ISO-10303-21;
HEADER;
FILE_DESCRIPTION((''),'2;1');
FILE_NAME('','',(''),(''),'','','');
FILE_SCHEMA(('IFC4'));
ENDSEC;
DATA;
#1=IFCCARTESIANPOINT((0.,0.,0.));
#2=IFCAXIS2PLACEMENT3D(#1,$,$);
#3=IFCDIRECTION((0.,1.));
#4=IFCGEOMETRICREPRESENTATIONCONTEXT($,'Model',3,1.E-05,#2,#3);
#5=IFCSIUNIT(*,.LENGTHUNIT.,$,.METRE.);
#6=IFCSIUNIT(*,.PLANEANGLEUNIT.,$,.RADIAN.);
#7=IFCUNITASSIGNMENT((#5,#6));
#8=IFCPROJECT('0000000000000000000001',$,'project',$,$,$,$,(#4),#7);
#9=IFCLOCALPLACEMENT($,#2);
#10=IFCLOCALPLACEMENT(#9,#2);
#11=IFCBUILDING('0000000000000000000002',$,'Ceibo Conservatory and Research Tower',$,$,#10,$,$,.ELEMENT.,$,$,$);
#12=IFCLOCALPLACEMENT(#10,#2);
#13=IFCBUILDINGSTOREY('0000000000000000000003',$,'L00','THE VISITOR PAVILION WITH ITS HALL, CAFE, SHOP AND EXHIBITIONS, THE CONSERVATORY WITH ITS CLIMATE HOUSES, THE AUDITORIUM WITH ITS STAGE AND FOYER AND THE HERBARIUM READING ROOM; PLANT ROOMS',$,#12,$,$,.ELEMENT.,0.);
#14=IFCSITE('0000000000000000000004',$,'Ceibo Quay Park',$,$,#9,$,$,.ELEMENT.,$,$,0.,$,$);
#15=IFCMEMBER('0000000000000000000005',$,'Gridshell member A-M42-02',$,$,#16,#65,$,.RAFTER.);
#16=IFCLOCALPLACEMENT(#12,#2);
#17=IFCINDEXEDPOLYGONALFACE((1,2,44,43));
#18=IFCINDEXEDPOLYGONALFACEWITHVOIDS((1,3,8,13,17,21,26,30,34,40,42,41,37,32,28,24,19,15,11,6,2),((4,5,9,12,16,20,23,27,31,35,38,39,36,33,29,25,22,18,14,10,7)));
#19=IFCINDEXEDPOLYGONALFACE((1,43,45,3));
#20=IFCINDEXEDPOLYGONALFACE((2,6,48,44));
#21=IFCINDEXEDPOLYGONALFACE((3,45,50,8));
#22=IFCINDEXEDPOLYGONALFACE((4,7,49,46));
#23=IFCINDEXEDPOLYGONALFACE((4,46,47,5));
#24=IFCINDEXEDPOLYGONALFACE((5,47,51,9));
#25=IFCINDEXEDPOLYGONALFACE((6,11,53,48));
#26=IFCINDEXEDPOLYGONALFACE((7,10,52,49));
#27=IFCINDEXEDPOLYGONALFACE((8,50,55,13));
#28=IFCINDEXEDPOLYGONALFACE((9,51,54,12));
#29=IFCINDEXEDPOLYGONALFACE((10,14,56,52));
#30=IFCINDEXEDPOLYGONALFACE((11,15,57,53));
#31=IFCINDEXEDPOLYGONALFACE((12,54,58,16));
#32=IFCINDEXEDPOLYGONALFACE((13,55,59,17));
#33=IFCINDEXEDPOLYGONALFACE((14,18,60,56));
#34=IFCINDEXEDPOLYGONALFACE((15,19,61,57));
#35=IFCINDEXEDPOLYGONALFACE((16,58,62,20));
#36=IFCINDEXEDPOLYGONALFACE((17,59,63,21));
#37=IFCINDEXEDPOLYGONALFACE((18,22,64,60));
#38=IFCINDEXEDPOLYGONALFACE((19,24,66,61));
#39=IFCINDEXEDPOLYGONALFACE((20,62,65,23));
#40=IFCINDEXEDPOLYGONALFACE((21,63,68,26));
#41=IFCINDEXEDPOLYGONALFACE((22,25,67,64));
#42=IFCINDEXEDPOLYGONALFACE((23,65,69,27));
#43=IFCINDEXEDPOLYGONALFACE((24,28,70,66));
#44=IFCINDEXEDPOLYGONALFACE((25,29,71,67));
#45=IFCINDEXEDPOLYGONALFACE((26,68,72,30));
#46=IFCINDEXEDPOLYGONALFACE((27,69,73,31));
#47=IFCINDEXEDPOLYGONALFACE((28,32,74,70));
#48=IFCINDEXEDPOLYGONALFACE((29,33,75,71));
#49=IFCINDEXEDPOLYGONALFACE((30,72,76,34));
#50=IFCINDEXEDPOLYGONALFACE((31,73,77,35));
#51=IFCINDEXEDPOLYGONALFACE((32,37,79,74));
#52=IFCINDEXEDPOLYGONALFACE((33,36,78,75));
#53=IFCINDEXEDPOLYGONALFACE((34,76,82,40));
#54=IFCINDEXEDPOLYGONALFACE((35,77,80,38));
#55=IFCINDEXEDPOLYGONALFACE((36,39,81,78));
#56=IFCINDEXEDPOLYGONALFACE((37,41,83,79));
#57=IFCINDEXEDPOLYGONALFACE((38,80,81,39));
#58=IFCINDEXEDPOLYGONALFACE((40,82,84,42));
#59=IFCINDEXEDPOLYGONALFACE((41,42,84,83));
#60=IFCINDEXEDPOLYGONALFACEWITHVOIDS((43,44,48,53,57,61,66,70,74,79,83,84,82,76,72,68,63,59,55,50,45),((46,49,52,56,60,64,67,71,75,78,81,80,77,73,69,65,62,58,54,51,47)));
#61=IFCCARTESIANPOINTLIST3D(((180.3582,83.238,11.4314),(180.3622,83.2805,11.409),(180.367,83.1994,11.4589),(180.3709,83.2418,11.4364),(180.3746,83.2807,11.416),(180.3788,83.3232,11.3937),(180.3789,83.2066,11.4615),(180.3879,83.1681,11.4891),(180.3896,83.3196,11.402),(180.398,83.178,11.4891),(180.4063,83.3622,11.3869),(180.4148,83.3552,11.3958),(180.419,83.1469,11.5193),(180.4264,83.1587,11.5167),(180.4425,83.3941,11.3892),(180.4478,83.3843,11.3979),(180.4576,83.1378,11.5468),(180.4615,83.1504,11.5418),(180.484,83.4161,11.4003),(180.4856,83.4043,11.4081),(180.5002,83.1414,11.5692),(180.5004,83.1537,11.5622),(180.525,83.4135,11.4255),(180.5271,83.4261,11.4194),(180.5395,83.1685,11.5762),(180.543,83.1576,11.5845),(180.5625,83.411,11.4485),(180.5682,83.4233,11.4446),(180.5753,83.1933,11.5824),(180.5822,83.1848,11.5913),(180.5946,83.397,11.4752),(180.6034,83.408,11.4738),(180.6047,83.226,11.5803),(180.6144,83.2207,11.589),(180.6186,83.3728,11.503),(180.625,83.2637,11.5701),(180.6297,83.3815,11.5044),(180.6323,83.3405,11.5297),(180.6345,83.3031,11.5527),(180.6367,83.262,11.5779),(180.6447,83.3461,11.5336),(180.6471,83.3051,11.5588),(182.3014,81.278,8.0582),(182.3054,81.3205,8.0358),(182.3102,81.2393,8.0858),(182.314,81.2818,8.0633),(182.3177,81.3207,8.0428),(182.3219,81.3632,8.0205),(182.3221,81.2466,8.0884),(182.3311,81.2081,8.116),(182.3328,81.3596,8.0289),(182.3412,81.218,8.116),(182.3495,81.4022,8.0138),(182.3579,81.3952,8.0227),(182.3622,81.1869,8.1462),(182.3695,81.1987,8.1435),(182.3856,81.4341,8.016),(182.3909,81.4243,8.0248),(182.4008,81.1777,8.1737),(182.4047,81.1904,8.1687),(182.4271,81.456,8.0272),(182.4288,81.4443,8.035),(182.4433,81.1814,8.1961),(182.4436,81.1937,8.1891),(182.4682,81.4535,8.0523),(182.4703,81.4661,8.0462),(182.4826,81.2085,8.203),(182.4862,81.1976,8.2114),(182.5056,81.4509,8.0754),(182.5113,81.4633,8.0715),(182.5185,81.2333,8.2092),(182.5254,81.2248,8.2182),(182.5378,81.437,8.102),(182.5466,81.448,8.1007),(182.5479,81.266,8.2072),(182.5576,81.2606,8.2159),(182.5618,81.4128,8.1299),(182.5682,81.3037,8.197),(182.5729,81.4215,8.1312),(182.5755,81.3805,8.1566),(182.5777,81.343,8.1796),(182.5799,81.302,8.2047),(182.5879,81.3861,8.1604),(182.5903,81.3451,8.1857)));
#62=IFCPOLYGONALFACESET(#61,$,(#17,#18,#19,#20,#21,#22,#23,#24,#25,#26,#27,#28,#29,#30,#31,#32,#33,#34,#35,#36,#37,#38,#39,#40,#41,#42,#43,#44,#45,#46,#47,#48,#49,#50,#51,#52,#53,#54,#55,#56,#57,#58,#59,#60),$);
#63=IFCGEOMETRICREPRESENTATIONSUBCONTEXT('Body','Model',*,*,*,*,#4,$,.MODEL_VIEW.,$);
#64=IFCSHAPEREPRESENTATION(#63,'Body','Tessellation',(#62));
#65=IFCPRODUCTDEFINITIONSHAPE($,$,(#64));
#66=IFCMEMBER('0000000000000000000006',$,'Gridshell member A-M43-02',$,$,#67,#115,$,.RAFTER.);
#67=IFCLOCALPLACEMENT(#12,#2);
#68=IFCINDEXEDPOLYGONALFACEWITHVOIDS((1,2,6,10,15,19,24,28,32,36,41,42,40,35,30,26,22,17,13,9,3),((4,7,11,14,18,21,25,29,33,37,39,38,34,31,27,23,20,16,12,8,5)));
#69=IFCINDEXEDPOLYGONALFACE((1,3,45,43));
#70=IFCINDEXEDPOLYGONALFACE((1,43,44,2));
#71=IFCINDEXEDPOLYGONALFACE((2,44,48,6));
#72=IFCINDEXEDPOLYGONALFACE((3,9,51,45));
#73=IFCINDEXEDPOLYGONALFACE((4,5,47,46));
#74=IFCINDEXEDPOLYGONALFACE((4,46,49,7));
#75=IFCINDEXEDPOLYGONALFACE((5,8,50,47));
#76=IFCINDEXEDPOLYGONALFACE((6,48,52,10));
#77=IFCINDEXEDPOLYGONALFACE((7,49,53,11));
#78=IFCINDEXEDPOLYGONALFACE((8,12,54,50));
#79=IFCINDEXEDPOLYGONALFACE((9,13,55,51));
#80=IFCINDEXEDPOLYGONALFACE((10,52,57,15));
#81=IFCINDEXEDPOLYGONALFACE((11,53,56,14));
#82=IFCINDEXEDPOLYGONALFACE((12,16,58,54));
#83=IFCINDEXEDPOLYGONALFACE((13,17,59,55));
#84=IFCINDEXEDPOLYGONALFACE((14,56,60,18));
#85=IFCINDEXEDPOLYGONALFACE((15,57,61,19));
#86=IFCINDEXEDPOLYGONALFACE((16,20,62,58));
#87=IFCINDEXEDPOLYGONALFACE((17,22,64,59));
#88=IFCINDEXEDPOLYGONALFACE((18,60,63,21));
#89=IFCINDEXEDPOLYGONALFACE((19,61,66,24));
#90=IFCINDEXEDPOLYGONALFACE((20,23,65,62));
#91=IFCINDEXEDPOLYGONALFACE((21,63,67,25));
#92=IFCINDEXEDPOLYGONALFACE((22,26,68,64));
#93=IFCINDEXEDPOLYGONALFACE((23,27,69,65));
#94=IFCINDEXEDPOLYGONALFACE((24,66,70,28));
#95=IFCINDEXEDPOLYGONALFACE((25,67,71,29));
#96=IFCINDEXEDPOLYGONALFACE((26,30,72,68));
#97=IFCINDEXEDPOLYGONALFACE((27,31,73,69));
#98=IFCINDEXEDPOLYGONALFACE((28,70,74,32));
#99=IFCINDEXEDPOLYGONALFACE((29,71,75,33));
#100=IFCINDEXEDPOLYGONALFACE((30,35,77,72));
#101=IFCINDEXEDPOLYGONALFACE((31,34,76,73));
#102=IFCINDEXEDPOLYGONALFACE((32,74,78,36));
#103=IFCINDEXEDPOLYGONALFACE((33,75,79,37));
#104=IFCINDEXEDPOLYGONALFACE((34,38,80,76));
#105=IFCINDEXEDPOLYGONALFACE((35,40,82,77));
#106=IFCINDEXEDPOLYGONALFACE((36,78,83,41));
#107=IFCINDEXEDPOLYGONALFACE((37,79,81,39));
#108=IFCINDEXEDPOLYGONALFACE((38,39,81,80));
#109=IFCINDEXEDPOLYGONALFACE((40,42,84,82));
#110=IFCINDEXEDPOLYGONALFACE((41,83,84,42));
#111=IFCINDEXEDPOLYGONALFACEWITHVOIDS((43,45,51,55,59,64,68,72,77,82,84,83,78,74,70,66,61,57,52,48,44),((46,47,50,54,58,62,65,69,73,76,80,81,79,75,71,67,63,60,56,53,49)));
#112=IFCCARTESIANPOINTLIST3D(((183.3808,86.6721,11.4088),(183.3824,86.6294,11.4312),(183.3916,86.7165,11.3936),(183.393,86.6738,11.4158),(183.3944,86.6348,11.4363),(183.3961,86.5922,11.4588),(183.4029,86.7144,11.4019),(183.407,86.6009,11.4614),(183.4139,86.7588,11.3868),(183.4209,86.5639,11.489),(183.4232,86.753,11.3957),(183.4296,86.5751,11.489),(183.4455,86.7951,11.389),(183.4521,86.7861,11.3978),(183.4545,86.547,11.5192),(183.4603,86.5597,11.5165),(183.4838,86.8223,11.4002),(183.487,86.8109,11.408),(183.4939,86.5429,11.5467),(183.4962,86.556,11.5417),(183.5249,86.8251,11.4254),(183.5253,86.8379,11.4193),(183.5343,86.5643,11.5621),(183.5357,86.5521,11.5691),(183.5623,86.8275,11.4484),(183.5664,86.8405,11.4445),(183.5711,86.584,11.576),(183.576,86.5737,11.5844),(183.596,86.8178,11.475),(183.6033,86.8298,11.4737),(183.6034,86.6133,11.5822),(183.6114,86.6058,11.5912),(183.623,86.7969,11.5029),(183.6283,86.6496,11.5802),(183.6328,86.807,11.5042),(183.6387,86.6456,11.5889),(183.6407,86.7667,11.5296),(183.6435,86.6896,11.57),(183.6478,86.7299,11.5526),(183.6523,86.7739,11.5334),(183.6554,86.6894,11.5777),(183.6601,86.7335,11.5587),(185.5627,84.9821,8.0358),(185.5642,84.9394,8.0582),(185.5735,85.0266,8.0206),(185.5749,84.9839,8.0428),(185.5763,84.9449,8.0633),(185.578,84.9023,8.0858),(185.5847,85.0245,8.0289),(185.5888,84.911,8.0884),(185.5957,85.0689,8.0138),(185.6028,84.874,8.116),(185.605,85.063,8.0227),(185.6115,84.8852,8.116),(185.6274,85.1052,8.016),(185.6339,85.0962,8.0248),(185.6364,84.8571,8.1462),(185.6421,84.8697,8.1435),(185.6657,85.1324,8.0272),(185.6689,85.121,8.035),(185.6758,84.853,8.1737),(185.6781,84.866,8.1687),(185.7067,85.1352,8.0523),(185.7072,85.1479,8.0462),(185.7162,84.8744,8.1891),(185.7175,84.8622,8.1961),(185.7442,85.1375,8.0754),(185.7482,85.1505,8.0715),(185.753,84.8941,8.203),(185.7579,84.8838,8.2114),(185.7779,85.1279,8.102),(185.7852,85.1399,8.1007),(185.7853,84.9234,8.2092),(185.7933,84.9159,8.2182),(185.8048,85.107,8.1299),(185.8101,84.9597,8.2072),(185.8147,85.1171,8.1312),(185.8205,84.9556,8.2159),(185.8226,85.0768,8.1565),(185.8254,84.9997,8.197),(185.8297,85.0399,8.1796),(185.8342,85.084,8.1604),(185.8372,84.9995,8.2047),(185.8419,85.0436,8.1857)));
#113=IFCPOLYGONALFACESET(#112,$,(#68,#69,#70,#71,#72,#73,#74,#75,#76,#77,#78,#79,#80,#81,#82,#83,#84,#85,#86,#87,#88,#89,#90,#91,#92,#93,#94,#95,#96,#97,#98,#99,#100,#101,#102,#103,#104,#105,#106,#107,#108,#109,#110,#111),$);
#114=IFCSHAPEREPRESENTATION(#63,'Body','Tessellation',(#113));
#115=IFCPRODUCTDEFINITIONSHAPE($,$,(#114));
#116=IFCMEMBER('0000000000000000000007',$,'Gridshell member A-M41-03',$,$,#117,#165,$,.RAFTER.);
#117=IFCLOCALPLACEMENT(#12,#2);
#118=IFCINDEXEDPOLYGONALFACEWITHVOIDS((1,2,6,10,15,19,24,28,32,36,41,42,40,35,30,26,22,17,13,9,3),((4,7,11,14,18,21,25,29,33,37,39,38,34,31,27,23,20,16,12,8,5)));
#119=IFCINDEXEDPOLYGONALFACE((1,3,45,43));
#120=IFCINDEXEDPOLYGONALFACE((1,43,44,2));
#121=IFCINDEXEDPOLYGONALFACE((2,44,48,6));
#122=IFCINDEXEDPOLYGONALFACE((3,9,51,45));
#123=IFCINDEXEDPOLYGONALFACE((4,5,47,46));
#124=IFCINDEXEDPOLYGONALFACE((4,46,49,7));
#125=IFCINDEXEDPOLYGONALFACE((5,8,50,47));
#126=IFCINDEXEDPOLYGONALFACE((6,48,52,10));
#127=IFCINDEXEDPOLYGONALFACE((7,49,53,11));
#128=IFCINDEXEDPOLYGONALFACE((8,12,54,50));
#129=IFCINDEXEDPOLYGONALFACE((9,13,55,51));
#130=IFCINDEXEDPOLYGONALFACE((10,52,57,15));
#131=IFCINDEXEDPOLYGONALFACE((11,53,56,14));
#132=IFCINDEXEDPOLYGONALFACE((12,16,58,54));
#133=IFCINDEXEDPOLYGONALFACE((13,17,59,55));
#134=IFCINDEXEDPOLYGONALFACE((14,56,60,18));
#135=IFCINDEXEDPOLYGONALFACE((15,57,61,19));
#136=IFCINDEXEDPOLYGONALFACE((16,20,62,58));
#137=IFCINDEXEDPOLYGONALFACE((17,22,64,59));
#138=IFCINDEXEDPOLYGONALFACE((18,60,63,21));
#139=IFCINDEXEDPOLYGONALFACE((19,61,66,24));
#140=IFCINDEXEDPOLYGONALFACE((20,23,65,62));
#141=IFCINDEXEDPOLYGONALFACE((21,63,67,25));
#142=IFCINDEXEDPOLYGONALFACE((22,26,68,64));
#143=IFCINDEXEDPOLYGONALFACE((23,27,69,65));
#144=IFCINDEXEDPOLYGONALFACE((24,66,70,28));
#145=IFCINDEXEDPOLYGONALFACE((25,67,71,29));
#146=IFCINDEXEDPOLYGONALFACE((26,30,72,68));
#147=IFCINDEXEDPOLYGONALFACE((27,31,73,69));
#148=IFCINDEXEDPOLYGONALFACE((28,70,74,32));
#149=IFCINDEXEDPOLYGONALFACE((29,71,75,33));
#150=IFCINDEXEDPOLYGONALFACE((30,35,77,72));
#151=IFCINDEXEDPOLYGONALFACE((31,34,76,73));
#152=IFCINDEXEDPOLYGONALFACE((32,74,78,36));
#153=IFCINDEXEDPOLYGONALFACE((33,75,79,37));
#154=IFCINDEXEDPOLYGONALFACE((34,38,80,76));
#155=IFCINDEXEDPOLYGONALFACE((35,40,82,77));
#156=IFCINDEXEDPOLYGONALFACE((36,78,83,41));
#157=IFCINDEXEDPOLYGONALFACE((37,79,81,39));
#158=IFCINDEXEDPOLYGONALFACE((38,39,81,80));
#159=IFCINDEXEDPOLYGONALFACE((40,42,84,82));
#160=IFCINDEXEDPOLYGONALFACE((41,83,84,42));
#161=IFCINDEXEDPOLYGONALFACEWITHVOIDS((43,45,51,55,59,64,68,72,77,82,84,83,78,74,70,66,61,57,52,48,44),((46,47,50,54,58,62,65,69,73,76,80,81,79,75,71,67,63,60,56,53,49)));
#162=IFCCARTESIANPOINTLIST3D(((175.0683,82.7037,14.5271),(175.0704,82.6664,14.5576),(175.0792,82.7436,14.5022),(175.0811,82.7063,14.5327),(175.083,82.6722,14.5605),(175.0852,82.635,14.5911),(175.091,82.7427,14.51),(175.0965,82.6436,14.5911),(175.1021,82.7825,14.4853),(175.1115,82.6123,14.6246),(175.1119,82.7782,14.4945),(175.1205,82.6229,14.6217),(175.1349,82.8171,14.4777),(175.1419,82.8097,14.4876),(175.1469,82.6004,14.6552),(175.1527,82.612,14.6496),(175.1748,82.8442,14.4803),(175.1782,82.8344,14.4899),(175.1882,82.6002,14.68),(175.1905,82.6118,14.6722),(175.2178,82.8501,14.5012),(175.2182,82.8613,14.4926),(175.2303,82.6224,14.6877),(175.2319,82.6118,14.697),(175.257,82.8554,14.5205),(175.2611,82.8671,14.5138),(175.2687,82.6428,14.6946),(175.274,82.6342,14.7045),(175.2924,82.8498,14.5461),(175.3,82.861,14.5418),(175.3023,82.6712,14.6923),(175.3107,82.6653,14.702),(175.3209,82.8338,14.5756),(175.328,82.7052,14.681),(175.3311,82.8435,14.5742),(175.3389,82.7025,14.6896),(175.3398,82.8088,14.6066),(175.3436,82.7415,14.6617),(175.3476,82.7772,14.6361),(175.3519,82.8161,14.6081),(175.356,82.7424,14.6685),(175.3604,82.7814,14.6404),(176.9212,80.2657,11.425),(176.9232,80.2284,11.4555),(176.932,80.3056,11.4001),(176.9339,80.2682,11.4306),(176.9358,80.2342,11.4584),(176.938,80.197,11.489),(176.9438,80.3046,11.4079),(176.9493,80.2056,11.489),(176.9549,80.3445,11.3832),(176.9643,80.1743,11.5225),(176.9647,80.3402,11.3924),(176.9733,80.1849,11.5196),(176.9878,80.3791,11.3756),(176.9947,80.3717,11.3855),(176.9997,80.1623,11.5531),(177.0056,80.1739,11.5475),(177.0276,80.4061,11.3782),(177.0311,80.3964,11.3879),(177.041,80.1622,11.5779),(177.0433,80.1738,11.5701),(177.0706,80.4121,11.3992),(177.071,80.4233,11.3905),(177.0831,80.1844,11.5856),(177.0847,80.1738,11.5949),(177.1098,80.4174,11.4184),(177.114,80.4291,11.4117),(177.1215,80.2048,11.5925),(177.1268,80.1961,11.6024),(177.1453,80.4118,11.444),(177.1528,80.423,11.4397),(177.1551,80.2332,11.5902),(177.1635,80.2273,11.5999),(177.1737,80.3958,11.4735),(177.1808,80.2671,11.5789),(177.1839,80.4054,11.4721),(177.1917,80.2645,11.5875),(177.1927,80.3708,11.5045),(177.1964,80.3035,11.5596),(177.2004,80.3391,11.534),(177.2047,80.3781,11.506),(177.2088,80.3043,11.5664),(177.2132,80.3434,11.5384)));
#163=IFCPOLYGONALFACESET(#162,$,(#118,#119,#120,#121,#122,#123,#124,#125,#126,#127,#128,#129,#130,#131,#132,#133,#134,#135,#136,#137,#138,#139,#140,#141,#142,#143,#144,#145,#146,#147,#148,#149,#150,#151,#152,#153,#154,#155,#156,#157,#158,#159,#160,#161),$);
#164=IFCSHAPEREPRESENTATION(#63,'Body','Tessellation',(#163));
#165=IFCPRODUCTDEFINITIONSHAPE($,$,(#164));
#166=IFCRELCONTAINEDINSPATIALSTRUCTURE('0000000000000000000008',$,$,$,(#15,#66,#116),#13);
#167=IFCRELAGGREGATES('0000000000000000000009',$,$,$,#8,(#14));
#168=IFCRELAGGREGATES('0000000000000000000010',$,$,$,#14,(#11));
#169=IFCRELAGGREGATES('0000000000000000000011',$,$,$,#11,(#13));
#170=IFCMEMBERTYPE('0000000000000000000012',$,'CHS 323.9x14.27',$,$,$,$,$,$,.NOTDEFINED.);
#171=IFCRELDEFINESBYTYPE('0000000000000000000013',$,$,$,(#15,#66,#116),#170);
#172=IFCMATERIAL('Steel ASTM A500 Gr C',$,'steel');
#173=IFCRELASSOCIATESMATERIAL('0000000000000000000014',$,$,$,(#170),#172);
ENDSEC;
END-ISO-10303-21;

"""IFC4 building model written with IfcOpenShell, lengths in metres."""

from ifc_helpers import new_model, si_unit, direction, frame, origin, origin_2d, place, context, subcontext, project, spatial, hollow_circle, extrude, material, material_profile, profile_set, type_object, element, save


model = new_model("IFC4")

# Units and contexts
model_context = context("Model", 3, precision=1e-05, world=origin(), true_north=direction((0.0, 1.0)))
body_context = subcontext(model_context, "Body", "Model", "MODEL_VIEW")
ifc_project = project(units=[si_unit("LENGTHUNIT", "METRE"), si_unit("PLANEANGLEUNIT", "RADIAN")], contexts=[model_context])

# Site, building, storey
site_placement = place(None, origin())
site = spatial("IfcSite", under=ifc_project, at=site_placement, Name="Ceibo Quay Park", CompositionType="ELEMENT", RefElevation=0.0)
building_placement = place(site_placement, origin())
building = spatial("IfcBuilding", under=site, at=building_placement, Name="Ceibo Conservatory and Research Tower", CompositionType="ELEMENT")
storey_placement = place(building_placement, origin())
storey = spatial("IfcBuildingStorey", under=building, at=storey_placement, Name="L00", Description="THE VISITOR PAVILION WITH ITS HALL, CAFE, SHOP AND EXHIBITIONS, THE CONSERVATORY WITH ITS CLIMATE HOUSES, THE AUDITORIUM WITH ITS STAGE AND FOYER AND THE HERBARIUM READING ROOM; PLANT ROOMS", CompositionType="ELEMENT", Elevation=0.0)

# Members
ifc_material_1 = material(Name="Steel ASTM A500 Gr C", Category="steel")
ifc_material_profile_1 = material_profile(ifc_material_1, hollow_circle(Radius=0.1619, WallThickness=0.0142, at=origin_2d()), Name="CHS 323.9x14.27")
ifc_profile_set_1 = profile_set([ifc_material_profile_1], Name="Steel ASTM A500 Gr C")
member_type_1 = type_object("IfcMemberType", Name="CHS 323.9x14.27", PredefinedType="NOTDEFINED", material=ifc_profile_set_1)
member_1_placement = place(storey_placement, frame((182.446, 81.322, 8.116), z_axis=(-0.445845, 0.44971, 0.77394), x_axis=(-0.710152, -0.704048, 0.0)))
element("IfcMember", 1, at=member_1_placement, inside=storey, type_object=member_type_1, Name="Gridshell member A-M42-02", PredefinedType="RAFTER", context=body_context, shape_type="SweptSolid", body=[
    extrude(hollow_circle(Radius=0.1619, WallThickness=0.0142, at=origin_2d()), origin(), (0.0, 0.0, 1.0), 4.3584),
])
member_2_placement = place(storey_placement, frame((185.7019, 85.002, 8.116), z_axis=(-0.500638, 0.387761, 0.773953), x_axis=(-0.612341, -0.790594, 0.0)))
element("IfcMember", 2, at=member_2_placement, inside=storey, type_object=member_type_1, Name="Gridshell member A-M43-02", PredefinedType="RAFTER", context=body_context, shape_type="SweptSolid", body=[
    extrude(hollow_circle(Radius=0.1619, WallThickness=0.0142, at=origin_2d()), origin(), (0.0, 0.0, 1.0), 4.3582),
])
member_3_placement = place(storey_placement, frame((177.0669, 80.2949, 11.489), z_axis=(-0.425065, 0.559323, 0.711672), x_axis=(-0.796176, -0.605065, 0.0)))
element("IfcMember", 3, at=member_3_placement, inside=storey, type_object=member_type_1, Name="Gridshell member A-M41-03", PredefinedType="RAFTER", context=body_context, shape_type="SweptSolid", body=[
    extrude(hollow_circle(Radius=0.1619, WallThickness=0.0142, at=origin_2d()), origin(), (0.0, 0.0, 1.0), 4.3589),
])

save(model, "model.ifc")
